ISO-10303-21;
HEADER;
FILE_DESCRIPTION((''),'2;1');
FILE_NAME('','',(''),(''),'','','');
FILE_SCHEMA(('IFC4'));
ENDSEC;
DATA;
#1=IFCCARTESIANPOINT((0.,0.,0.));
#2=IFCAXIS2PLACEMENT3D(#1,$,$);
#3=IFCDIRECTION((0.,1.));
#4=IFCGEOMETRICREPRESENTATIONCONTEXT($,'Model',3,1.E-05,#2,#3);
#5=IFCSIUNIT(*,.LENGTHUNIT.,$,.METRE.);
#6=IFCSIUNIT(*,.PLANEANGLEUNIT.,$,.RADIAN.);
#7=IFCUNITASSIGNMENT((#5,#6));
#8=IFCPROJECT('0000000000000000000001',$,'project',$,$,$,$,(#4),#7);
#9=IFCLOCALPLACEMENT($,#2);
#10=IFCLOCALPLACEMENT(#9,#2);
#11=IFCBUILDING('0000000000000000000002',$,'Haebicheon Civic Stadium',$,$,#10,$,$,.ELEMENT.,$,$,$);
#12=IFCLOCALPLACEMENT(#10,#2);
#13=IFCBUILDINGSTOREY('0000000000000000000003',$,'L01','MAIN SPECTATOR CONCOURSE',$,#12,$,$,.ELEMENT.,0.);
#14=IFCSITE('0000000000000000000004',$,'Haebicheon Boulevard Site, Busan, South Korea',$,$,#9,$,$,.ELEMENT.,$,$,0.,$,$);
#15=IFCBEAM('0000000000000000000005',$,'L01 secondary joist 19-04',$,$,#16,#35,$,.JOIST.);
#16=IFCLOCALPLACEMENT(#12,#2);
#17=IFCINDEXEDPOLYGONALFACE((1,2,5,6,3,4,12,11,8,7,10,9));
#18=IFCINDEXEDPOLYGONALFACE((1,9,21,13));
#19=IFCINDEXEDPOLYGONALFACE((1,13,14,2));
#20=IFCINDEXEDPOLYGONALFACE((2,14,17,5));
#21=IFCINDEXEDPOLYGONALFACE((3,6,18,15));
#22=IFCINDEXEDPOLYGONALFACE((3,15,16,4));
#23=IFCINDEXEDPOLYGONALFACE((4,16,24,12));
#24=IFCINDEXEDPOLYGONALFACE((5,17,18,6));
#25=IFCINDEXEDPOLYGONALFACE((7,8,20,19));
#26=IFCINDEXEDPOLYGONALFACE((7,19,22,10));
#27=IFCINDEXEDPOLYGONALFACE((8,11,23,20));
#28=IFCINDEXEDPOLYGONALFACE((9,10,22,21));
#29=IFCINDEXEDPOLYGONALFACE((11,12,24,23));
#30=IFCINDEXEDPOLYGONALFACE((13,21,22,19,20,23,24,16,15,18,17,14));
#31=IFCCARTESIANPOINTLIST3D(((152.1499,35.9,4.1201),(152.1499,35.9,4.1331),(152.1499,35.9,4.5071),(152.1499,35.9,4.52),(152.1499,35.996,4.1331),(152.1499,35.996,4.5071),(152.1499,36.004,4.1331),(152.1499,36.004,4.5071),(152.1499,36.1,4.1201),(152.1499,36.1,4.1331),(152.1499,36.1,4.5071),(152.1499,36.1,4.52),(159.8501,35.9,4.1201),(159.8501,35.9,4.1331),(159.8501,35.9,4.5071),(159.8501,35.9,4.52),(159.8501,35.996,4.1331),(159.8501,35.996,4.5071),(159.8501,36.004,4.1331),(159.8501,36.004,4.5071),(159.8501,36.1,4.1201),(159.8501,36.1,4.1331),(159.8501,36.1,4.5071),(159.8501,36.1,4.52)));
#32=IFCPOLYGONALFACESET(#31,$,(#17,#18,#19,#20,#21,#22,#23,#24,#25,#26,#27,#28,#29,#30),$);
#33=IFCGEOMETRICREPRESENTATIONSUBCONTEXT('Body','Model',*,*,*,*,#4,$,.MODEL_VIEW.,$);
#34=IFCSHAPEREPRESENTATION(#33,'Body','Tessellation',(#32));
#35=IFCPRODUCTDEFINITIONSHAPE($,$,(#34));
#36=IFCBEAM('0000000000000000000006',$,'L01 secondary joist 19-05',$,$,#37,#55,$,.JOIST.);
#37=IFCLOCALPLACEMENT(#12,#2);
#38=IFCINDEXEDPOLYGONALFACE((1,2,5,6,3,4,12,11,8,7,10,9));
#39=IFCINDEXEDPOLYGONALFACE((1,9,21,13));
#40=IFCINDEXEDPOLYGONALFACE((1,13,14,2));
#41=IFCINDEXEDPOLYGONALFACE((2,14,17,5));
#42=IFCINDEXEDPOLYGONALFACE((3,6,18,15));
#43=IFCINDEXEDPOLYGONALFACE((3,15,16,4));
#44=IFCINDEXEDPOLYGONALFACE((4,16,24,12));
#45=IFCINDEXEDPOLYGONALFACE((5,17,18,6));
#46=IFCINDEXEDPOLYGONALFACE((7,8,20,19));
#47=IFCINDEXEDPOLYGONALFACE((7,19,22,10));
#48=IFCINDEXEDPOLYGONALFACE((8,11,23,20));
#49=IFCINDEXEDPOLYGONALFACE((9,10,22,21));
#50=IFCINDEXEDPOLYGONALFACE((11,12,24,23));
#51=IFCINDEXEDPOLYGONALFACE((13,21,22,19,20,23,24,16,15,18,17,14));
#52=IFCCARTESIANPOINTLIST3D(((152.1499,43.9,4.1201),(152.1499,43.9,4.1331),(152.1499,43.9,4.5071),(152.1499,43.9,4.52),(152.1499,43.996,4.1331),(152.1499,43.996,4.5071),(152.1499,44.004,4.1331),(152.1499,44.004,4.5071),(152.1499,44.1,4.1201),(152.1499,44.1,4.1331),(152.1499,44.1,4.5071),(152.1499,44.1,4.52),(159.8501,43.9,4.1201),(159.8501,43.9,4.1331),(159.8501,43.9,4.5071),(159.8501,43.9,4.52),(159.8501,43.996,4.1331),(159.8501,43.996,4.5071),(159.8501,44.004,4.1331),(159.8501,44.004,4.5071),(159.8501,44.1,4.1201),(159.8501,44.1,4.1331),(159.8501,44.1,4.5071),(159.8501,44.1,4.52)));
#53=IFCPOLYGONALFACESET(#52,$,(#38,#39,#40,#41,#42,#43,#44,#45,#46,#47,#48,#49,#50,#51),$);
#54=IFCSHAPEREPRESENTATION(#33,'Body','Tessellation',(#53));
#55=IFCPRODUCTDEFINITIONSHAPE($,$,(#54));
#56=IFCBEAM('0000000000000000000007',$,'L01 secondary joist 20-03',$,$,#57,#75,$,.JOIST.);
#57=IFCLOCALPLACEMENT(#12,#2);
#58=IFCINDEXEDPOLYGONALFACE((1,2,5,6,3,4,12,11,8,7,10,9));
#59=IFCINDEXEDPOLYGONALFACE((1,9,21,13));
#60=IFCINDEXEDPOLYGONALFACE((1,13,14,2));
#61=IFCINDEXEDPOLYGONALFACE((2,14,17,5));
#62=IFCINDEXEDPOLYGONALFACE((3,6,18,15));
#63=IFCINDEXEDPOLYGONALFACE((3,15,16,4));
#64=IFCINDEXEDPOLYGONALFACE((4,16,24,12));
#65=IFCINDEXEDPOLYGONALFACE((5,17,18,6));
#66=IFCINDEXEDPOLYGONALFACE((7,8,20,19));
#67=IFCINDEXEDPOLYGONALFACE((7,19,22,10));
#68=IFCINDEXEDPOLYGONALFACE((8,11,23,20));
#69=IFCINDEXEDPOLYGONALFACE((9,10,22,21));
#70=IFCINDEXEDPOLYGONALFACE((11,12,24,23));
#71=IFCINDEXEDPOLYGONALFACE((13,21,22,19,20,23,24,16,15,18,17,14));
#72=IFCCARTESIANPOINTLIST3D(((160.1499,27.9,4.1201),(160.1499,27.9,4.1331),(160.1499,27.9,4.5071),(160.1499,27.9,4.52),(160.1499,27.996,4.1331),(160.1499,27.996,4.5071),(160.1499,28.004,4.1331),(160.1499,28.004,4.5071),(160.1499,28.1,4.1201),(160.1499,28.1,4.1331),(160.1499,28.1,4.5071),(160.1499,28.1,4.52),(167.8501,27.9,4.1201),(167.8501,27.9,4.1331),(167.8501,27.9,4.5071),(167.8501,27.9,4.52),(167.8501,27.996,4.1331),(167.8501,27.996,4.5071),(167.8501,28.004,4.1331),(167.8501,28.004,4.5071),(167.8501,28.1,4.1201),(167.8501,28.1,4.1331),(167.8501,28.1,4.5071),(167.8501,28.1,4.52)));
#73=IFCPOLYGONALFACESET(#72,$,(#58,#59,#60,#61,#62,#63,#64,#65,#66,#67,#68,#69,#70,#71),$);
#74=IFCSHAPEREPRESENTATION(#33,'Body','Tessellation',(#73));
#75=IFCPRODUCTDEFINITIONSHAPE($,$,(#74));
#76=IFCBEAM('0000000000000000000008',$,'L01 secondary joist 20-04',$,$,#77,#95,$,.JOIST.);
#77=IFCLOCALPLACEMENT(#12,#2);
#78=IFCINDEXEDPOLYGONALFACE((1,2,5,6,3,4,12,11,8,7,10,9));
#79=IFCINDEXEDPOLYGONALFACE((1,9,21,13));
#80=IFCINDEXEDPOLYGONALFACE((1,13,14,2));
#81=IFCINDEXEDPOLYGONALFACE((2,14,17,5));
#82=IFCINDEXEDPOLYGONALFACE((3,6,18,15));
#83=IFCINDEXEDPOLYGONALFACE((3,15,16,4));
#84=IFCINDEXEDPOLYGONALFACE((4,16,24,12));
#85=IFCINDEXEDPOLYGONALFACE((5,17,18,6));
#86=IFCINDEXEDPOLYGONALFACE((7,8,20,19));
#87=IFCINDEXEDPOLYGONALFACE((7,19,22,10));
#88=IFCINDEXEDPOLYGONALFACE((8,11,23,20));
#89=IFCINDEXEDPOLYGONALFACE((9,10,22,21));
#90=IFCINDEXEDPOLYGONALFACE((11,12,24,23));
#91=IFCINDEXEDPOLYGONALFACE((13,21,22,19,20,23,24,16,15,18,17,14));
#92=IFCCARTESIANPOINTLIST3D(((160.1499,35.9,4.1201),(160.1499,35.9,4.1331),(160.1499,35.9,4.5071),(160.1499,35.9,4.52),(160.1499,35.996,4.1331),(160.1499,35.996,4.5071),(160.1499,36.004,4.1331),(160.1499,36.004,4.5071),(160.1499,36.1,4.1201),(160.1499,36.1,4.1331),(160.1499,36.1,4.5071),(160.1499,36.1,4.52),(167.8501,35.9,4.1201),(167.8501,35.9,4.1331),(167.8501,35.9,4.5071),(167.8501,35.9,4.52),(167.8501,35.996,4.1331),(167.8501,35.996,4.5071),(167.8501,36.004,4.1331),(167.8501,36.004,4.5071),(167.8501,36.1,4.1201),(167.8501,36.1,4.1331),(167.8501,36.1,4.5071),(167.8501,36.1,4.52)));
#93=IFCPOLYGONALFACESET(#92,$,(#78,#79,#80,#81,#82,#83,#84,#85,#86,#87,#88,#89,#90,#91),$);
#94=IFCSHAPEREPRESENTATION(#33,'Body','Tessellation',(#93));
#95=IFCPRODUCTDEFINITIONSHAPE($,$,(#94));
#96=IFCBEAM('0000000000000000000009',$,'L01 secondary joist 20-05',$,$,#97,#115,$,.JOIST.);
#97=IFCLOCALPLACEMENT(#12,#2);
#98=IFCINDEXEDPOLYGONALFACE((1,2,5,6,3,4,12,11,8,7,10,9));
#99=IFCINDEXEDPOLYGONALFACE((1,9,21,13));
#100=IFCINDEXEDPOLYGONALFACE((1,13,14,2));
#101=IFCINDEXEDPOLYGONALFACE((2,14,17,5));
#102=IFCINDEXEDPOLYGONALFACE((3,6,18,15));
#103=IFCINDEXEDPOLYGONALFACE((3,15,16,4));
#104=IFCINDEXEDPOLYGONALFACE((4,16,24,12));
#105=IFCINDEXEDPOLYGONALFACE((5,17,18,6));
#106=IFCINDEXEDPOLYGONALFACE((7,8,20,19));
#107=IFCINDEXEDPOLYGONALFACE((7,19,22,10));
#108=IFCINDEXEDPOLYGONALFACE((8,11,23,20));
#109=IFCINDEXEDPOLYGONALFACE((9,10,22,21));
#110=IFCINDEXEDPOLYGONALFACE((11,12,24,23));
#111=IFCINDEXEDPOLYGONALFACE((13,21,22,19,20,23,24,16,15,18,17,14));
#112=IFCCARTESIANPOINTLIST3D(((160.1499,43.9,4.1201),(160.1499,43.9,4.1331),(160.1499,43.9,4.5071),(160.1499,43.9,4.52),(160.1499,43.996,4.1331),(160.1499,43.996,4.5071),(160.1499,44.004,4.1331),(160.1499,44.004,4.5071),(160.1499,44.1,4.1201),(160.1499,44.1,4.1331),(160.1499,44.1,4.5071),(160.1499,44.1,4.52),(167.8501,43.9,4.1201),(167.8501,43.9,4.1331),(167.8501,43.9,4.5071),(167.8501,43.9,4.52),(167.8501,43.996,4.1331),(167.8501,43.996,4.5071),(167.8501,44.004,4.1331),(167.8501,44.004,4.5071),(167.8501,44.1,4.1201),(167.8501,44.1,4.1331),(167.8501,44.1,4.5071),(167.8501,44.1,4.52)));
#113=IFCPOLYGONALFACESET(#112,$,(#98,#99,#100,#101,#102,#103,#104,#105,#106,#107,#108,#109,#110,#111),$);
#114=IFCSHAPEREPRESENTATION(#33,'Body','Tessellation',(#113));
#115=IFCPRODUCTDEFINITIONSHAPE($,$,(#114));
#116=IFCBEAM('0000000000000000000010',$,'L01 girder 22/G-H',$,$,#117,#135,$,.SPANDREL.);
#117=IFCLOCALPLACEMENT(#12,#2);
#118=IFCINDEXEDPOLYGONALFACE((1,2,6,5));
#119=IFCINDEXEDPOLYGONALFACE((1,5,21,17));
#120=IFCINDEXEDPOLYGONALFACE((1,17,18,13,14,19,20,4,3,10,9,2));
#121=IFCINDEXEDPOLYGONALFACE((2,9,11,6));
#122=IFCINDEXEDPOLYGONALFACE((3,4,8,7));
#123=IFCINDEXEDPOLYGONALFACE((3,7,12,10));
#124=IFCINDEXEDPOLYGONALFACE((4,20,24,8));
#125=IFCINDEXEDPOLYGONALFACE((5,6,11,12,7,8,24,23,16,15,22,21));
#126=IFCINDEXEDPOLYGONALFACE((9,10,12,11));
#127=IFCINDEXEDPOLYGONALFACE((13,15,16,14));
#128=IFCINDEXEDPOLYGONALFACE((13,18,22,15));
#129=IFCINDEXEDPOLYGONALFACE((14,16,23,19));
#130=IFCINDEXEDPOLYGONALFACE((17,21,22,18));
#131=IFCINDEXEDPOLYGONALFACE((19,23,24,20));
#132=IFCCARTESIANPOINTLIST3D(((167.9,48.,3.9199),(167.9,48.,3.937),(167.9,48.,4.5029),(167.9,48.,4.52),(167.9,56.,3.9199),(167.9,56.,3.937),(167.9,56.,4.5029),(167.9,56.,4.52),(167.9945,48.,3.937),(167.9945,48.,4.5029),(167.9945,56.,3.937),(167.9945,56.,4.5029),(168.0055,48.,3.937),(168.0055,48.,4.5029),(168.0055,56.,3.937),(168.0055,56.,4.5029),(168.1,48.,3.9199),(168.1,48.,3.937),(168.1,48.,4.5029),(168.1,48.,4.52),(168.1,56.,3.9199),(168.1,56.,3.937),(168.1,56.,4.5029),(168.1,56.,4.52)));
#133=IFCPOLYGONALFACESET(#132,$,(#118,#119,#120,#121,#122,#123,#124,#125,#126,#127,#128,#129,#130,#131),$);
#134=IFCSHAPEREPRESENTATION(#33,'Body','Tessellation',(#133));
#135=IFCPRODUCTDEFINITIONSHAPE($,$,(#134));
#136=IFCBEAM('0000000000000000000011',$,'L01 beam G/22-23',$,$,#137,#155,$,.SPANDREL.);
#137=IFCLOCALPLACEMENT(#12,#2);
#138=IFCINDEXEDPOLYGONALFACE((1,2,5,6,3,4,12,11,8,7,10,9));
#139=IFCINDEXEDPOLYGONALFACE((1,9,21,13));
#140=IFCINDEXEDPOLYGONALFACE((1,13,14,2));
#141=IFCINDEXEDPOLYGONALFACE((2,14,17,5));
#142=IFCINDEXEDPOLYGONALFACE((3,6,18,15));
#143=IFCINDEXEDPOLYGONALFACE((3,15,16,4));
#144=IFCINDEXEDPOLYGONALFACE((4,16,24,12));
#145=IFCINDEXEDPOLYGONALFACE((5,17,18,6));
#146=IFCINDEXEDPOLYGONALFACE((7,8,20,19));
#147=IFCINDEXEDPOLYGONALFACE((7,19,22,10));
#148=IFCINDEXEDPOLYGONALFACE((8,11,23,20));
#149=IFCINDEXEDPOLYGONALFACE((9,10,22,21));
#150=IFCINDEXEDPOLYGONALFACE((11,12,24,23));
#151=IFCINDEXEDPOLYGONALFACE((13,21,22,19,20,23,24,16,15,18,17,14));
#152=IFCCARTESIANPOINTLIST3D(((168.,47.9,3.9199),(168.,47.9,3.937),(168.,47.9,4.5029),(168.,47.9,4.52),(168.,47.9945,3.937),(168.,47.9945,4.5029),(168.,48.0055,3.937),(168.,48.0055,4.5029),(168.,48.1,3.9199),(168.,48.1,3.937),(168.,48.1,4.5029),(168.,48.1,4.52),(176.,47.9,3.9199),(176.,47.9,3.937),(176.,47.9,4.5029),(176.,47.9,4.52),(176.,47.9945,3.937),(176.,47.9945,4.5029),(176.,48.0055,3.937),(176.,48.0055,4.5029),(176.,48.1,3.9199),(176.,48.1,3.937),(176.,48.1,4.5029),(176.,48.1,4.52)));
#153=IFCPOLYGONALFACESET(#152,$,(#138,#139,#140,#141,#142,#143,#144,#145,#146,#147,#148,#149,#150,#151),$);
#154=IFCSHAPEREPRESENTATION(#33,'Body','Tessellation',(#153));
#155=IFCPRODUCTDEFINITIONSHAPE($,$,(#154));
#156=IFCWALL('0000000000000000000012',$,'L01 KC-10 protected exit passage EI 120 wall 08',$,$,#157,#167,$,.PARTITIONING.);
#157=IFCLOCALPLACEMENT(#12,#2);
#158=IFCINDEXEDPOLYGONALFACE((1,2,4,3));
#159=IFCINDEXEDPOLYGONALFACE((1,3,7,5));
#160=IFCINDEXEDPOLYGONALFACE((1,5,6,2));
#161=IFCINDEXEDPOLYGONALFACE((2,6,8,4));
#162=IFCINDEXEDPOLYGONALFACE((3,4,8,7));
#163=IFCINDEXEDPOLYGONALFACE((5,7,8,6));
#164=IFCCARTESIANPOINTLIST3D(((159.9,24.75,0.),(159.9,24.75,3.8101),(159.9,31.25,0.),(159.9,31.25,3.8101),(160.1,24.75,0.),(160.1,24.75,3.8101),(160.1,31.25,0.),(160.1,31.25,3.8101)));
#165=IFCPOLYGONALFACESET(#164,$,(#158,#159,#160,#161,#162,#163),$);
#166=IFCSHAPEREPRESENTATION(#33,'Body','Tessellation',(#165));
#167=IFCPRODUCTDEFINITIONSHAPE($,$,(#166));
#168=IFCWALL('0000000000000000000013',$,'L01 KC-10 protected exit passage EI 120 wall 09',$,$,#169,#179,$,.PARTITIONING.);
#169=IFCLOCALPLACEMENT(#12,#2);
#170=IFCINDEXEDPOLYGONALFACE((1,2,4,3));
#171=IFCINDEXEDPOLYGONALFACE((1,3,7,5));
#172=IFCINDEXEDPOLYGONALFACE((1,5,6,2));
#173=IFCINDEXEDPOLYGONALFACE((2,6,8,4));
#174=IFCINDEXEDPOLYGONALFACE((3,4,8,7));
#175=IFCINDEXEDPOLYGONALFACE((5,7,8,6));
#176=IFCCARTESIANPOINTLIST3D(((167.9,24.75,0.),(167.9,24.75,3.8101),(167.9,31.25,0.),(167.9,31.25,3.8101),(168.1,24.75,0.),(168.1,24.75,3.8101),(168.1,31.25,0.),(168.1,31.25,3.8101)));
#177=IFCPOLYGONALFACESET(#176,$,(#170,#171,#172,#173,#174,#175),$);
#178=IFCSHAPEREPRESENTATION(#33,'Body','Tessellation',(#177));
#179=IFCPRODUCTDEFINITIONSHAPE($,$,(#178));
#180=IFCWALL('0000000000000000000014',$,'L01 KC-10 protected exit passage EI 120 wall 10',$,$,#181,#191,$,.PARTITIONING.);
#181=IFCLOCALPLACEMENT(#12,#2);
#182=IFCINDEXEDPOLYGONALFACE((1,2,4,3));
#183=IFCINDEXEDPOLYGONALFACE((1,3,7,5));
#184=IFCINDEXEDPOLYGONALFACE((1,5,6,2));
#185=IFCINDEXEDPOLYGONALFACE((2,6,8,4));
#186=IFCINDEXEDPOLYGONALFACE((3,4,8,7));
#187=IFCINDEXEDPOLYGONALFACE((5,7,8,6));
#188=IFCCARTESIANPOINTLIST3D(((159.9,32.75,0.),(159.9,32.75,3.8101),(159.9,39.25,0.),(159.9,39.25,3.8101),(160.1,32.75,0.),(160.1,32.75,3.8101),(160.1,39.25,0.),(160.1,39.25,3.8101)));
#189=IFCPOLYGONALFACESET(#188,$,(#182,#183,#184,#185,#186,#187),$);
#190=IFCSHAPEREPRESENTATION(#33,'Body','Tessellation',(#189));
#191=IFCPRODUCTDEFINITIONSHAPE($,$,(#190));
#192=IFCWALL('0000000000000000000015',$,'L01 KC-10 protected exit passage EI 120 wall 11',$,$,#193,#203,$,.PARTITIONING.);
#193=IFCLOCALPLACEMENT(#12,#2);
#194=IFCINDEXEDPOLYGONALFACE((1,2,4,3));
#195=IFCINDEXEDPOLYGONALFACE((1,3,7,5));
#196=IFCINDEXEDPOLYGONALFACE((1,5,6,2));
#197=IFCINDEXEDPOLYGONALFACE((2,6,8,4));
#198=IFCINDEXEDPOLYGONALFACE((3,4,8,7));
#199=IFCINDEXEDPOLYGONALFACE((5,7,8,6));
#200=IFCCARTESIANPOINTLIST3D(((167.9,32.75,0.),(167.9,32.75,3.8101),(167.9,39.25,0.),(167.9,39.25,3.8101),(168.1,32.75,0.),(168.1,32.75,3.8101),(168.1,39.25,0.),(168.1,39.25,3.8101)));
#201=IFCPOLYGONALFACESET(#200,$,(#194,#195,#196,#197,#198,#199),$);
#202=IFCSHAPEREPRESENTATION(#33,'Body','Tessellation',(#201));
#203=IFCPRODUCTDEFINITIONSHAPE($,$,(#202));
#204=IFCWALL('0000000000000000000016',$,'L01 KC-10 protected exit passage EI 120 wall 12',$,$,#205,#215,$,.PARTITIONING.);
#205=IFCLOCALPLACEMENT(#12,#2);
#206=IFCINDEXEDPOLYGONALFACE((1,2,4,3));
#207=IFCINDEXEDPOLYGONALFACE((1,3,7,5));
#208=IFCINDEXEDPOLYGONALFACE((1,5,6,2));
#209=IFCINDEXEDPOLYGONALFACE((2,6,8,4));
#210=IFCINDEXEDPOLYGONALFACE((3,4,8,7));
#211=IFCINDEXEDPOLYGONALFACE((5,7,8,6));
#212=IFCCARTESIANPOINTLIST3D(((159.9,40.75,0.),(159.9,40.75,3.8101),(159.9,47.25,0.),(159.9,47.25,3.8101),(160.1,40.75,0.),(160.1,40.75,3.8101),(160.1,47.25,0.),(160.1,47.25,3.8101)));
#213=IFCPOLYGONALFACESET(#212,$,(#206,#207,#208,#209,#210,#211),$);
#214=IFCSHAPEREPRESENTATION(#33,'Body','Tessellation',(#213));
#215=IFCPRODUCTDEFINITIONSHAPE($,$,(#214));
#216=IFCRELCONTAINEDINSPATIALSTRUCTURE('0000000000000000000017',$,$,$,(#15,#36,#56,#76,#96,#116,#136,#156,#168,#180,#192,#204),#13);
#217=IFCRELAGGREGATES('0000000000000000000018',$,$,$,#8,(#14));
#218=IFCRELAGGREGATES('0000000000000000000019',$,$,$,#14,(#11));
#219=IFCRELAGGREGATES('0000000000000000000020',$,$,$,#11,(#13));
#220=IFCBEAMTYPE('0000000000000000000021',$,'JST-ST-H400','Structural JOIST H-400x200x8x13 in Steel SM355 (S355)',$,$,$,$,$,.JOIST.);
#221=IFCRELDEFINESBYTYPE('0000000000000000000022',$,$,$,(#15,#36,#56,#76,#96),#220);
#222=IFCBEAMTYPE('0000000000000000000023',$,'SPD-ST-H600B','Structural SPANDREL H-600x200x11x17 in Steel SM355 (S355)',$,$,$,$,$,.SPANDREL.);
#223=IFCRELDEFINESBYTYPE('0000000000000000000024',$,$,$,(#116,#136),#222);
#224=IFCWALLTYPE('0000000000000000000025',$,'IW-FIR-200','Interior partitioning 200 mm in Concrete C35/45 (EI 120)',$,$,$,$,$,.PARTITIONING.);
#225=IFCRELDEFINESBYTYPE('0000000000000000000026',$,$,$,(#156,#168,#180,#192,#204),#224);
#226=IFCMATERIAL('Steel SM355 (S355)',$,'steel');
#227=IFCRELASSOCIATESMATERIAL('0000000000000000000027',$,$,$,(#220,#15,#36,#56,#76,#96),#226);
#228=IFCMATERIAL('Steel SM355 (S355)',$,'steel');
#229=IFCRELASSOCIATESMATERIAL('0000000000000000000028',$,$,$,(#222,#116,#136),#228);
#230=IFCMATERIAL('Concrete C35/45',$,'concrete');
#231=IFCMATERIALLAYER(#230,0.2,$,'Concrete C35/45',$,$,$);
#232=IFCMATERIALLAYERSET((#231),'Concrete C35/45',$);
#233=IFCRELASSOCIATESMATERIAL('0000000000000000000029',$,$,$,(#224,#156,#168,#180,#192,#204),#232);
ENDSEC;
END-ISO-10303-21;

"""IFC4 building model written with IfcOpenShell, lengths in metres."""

from ifc_helpers import new_model, si_unit, direction, frame, frame_2d, origin, origin_2d, place, context, subcontext, project, spatial, rectangle, i_section, extrude, material, layer, layer_set, material_profile, profile_set, type_object, element, save


model = new_model("IFC4")

# Units and contexts
model_context = context("Model", 3, precision=1e-05, world=origin(), true_north=direction((0.0, 1.0)))
body_context = subcontext(model_context, "Body", "Model", "MODEL_VIEW")
ifc_project = project(units=[si_unit("LENGTHUNIT", "METRE"), si_unit("PLANEANGLEUNIT", "RADIAN")], contexts=[model_context])

# Site, building, storey
site_placement = place(None, origin())
site = spatial("IfcSite", under=ifc_project, at=site_placement, Name="Haebicheon Boulevard Site, Busan, South Korea", CompositionType="ELEMENT", RefElevation=0.0)
building_placement = place(site_placement, origin())
building = spatial("IfcBuilding", under=site, at=building_placement, Name="Haebicheon Civic Stadium", CompositionType="ELEMENT")
storey_placement = place(building_placement, origin())
storey = spatial("IfcBuildingStorey", under=building, at=storey_placement, Name="L01", Description="MAIN SPECTATOR CONCOURSE", CompositionType="ELEMENT", Elevation=0.0)

# Beams
ifc_material_1 = material(Name="Steel SM355 (S355)", Category="steel")
ifc_material_profile_1 = material_profile(ifc_material_1, i_section(OverallWidth=0.2, OverallDepth=0.3999, WebThickness=0.0081, FlangeThickness=0.0129, at=origin_2d()), Name="H-400x200x8x13")
ifc_profile_set_1 = profile_set([ifc_material_profile_1], Name="Steel SM355 (S355)")
beam_type_1 = type_object("IfcBeamType", Name="JST-ST-H400", Description="Structural JOIST H-400x200x8x13 in Steel SM355 (S355)", PredefinedType="JOIST", material=ifc_profile_set_1)
for number, where, z_axis, x_axis, name in (
    (1, (152.1499, 36.0, 4.3201), (1.0, 0.0, 0.0), (0.0, 1.0, 0.0), "L01 secondary joist 19-04"),
    (2, (152.1499, 44.0, 4.3201), (1.0, 0.0, 0.0), (0.0, 1.0, 0.0), "L01 secondary joist 19-05"),
    (3, (160.1499, 28.0, 4.3201), (1.0, 0.0, 0.0), (0.0, 1.0, 0.0), "L01 secondary joist 20-03"),
    (4, (160.1499, 36.0, 4.3201), (1.0, 0.0, 0.0), (0.0, 1.0, 0.0), "L01 secondary joist 20-04"),
    (5, (160.1499, 44.0, 4.3201), (1.0, 0.0, 0.0), (0.0, 1.0, 0.0), "L01 secondary joist 20-05"),
):
    element("IfcBeam", number, at=place(storey_placement, frame(where, z_axis=z_axis, x_axis=x_axis)), inside=storey, type_object=beam_type_1, material=ifc_profile_set_1, Name=name, PredefinedType="JOIST", context=body_context, shape_type="SweptSolid", body=[
        extrude(i_section(OverallWidth=0.2, OverallDepth=0.3999, WebThickness=0.0081, FlangeThickness=0.0129, at=origin_2d()), origin(), (0.0, 0.0, 1.0), 7.7002),
    ])
ifc_material_2 = material(Name="Steel SM355 (S355)", Category="steel")
ifc_material_profile_2 = material_profile(ifc_material_2, i_section(OverallWidth=0.2, OverallDepth=0.6001, WebThickness=0.011, FlangeThickness=0.0171, at=origin_2d()), Name="H-600x200x11x17")
ifc_profile_set_2 = profile_set([ifc_material_profile_2], Name="Steel SM355 (S355)")
beam_type_2 = type_object("IfcBeamType", Name="SPD-ST-H600B", Description="Structural SPANDREL H-600x200x11x17 in Steel SM355 (S355)", PredefinedType="SPANDREL", material=ifc_profile_set_2)
for number, where, z_axis, x_axis, name in (
    (6, (168.0, 48.0, 4.22), (0.0, 1.0, 0.0), (-1.0, 0.0, 0.0), "L01 girder 22/G-H"),
    (7, (168.0, 48.0, 4.22), (1.0, 0.0, 0.0), (0.0, 1.0, 0.0), "L01 beam G/22-23"),
):
    element("IfcBeam", number, at=place(storey_placement, frame(where, z_axis=z_axis, x_axis=x_axis)), inside=storey, type_object=beam_type_2, material=ifc_profile_set_2, Name=name, PredefinedType="SPANDREL", context=body_context, shape_type="SweptSolid", body=[
        extrude(i_section(OverallWidth=0.2, OverallDepth=0.6001, WebThickness=0.011, FlangeThickness=0.0171, at=origin_2d()), origin(), (0.0, 0.0, 1.0), 8.0),
    ])

# Walls
ifc_material_3 = material(Name="Concrete C35/45", Category="concrete")
ifc_layer_1 = layer(ifc_material_3, 0.2, Name="Concrete C35/45")
ifc_layer_set_1 = layer_set([ifc_layer_1], Name="Concrete C35/45")
wall_type = type_object("IfcWallType", Name="IW-FIR-200", Description="Interior partitioning 200 mm in Concrete C35/45 (EI 120)", PredefinedType="PARTITIONING", material=ifc_layer_set_1)
for number, where, z_axis, x_axis, name in (
    (8, (160.0, 24.75, 0.0), (0.0, 0.0, 1.0), (0.0, 1.0, 0.0), "L01 KC-10 protected exit passage EI 120 wall 08"),
    (9, (168.0, 24.75, 0.0), (0.0, 0.0, 1.0), (0.0, 1.0, 0.0), "L01 KC-10 protected exit passage EI 120 wall 09"),
    (10, (160.0, 32.75, 0.0), (0.0, 0.0, 1.0), (0.0, 1.0, 0.0), "L01 KC-10 protected exit passage EI 120 wall 10"),
    (11, (168.0, 32.75, 0.0), (0.0, 0.0, 1.0), (0.0, 1.0, 0.0), "L01 KC-10 protected exit passage EI 120 wall 11"),
    (12, (160.0, 40.75, 0.0), (0.0, 0.0, 1.0), (0.0, 1.0, 0.0), "L01 KC-10 protected exit passage EI 120 wall 12"),
):
    element("IfcWall", number, at=place(storey_placement, frame(where, z_axis=z_axis, x_axis=x_axis)), inside=storey, type_object=wall_type, material=ifc_layer_set_1, Name=name, PredefinedType="PARTITIONING", context=body_context, shape_type="SweptSolid", body=[
        extrude(rectangle(XDim=6.5, YDim=0.2, at=frame_2d((3.25, 0.0))), origin(), (0.0, 0.0, 1.0), 3.8101),
    ])

save(model, "model.ifc")
